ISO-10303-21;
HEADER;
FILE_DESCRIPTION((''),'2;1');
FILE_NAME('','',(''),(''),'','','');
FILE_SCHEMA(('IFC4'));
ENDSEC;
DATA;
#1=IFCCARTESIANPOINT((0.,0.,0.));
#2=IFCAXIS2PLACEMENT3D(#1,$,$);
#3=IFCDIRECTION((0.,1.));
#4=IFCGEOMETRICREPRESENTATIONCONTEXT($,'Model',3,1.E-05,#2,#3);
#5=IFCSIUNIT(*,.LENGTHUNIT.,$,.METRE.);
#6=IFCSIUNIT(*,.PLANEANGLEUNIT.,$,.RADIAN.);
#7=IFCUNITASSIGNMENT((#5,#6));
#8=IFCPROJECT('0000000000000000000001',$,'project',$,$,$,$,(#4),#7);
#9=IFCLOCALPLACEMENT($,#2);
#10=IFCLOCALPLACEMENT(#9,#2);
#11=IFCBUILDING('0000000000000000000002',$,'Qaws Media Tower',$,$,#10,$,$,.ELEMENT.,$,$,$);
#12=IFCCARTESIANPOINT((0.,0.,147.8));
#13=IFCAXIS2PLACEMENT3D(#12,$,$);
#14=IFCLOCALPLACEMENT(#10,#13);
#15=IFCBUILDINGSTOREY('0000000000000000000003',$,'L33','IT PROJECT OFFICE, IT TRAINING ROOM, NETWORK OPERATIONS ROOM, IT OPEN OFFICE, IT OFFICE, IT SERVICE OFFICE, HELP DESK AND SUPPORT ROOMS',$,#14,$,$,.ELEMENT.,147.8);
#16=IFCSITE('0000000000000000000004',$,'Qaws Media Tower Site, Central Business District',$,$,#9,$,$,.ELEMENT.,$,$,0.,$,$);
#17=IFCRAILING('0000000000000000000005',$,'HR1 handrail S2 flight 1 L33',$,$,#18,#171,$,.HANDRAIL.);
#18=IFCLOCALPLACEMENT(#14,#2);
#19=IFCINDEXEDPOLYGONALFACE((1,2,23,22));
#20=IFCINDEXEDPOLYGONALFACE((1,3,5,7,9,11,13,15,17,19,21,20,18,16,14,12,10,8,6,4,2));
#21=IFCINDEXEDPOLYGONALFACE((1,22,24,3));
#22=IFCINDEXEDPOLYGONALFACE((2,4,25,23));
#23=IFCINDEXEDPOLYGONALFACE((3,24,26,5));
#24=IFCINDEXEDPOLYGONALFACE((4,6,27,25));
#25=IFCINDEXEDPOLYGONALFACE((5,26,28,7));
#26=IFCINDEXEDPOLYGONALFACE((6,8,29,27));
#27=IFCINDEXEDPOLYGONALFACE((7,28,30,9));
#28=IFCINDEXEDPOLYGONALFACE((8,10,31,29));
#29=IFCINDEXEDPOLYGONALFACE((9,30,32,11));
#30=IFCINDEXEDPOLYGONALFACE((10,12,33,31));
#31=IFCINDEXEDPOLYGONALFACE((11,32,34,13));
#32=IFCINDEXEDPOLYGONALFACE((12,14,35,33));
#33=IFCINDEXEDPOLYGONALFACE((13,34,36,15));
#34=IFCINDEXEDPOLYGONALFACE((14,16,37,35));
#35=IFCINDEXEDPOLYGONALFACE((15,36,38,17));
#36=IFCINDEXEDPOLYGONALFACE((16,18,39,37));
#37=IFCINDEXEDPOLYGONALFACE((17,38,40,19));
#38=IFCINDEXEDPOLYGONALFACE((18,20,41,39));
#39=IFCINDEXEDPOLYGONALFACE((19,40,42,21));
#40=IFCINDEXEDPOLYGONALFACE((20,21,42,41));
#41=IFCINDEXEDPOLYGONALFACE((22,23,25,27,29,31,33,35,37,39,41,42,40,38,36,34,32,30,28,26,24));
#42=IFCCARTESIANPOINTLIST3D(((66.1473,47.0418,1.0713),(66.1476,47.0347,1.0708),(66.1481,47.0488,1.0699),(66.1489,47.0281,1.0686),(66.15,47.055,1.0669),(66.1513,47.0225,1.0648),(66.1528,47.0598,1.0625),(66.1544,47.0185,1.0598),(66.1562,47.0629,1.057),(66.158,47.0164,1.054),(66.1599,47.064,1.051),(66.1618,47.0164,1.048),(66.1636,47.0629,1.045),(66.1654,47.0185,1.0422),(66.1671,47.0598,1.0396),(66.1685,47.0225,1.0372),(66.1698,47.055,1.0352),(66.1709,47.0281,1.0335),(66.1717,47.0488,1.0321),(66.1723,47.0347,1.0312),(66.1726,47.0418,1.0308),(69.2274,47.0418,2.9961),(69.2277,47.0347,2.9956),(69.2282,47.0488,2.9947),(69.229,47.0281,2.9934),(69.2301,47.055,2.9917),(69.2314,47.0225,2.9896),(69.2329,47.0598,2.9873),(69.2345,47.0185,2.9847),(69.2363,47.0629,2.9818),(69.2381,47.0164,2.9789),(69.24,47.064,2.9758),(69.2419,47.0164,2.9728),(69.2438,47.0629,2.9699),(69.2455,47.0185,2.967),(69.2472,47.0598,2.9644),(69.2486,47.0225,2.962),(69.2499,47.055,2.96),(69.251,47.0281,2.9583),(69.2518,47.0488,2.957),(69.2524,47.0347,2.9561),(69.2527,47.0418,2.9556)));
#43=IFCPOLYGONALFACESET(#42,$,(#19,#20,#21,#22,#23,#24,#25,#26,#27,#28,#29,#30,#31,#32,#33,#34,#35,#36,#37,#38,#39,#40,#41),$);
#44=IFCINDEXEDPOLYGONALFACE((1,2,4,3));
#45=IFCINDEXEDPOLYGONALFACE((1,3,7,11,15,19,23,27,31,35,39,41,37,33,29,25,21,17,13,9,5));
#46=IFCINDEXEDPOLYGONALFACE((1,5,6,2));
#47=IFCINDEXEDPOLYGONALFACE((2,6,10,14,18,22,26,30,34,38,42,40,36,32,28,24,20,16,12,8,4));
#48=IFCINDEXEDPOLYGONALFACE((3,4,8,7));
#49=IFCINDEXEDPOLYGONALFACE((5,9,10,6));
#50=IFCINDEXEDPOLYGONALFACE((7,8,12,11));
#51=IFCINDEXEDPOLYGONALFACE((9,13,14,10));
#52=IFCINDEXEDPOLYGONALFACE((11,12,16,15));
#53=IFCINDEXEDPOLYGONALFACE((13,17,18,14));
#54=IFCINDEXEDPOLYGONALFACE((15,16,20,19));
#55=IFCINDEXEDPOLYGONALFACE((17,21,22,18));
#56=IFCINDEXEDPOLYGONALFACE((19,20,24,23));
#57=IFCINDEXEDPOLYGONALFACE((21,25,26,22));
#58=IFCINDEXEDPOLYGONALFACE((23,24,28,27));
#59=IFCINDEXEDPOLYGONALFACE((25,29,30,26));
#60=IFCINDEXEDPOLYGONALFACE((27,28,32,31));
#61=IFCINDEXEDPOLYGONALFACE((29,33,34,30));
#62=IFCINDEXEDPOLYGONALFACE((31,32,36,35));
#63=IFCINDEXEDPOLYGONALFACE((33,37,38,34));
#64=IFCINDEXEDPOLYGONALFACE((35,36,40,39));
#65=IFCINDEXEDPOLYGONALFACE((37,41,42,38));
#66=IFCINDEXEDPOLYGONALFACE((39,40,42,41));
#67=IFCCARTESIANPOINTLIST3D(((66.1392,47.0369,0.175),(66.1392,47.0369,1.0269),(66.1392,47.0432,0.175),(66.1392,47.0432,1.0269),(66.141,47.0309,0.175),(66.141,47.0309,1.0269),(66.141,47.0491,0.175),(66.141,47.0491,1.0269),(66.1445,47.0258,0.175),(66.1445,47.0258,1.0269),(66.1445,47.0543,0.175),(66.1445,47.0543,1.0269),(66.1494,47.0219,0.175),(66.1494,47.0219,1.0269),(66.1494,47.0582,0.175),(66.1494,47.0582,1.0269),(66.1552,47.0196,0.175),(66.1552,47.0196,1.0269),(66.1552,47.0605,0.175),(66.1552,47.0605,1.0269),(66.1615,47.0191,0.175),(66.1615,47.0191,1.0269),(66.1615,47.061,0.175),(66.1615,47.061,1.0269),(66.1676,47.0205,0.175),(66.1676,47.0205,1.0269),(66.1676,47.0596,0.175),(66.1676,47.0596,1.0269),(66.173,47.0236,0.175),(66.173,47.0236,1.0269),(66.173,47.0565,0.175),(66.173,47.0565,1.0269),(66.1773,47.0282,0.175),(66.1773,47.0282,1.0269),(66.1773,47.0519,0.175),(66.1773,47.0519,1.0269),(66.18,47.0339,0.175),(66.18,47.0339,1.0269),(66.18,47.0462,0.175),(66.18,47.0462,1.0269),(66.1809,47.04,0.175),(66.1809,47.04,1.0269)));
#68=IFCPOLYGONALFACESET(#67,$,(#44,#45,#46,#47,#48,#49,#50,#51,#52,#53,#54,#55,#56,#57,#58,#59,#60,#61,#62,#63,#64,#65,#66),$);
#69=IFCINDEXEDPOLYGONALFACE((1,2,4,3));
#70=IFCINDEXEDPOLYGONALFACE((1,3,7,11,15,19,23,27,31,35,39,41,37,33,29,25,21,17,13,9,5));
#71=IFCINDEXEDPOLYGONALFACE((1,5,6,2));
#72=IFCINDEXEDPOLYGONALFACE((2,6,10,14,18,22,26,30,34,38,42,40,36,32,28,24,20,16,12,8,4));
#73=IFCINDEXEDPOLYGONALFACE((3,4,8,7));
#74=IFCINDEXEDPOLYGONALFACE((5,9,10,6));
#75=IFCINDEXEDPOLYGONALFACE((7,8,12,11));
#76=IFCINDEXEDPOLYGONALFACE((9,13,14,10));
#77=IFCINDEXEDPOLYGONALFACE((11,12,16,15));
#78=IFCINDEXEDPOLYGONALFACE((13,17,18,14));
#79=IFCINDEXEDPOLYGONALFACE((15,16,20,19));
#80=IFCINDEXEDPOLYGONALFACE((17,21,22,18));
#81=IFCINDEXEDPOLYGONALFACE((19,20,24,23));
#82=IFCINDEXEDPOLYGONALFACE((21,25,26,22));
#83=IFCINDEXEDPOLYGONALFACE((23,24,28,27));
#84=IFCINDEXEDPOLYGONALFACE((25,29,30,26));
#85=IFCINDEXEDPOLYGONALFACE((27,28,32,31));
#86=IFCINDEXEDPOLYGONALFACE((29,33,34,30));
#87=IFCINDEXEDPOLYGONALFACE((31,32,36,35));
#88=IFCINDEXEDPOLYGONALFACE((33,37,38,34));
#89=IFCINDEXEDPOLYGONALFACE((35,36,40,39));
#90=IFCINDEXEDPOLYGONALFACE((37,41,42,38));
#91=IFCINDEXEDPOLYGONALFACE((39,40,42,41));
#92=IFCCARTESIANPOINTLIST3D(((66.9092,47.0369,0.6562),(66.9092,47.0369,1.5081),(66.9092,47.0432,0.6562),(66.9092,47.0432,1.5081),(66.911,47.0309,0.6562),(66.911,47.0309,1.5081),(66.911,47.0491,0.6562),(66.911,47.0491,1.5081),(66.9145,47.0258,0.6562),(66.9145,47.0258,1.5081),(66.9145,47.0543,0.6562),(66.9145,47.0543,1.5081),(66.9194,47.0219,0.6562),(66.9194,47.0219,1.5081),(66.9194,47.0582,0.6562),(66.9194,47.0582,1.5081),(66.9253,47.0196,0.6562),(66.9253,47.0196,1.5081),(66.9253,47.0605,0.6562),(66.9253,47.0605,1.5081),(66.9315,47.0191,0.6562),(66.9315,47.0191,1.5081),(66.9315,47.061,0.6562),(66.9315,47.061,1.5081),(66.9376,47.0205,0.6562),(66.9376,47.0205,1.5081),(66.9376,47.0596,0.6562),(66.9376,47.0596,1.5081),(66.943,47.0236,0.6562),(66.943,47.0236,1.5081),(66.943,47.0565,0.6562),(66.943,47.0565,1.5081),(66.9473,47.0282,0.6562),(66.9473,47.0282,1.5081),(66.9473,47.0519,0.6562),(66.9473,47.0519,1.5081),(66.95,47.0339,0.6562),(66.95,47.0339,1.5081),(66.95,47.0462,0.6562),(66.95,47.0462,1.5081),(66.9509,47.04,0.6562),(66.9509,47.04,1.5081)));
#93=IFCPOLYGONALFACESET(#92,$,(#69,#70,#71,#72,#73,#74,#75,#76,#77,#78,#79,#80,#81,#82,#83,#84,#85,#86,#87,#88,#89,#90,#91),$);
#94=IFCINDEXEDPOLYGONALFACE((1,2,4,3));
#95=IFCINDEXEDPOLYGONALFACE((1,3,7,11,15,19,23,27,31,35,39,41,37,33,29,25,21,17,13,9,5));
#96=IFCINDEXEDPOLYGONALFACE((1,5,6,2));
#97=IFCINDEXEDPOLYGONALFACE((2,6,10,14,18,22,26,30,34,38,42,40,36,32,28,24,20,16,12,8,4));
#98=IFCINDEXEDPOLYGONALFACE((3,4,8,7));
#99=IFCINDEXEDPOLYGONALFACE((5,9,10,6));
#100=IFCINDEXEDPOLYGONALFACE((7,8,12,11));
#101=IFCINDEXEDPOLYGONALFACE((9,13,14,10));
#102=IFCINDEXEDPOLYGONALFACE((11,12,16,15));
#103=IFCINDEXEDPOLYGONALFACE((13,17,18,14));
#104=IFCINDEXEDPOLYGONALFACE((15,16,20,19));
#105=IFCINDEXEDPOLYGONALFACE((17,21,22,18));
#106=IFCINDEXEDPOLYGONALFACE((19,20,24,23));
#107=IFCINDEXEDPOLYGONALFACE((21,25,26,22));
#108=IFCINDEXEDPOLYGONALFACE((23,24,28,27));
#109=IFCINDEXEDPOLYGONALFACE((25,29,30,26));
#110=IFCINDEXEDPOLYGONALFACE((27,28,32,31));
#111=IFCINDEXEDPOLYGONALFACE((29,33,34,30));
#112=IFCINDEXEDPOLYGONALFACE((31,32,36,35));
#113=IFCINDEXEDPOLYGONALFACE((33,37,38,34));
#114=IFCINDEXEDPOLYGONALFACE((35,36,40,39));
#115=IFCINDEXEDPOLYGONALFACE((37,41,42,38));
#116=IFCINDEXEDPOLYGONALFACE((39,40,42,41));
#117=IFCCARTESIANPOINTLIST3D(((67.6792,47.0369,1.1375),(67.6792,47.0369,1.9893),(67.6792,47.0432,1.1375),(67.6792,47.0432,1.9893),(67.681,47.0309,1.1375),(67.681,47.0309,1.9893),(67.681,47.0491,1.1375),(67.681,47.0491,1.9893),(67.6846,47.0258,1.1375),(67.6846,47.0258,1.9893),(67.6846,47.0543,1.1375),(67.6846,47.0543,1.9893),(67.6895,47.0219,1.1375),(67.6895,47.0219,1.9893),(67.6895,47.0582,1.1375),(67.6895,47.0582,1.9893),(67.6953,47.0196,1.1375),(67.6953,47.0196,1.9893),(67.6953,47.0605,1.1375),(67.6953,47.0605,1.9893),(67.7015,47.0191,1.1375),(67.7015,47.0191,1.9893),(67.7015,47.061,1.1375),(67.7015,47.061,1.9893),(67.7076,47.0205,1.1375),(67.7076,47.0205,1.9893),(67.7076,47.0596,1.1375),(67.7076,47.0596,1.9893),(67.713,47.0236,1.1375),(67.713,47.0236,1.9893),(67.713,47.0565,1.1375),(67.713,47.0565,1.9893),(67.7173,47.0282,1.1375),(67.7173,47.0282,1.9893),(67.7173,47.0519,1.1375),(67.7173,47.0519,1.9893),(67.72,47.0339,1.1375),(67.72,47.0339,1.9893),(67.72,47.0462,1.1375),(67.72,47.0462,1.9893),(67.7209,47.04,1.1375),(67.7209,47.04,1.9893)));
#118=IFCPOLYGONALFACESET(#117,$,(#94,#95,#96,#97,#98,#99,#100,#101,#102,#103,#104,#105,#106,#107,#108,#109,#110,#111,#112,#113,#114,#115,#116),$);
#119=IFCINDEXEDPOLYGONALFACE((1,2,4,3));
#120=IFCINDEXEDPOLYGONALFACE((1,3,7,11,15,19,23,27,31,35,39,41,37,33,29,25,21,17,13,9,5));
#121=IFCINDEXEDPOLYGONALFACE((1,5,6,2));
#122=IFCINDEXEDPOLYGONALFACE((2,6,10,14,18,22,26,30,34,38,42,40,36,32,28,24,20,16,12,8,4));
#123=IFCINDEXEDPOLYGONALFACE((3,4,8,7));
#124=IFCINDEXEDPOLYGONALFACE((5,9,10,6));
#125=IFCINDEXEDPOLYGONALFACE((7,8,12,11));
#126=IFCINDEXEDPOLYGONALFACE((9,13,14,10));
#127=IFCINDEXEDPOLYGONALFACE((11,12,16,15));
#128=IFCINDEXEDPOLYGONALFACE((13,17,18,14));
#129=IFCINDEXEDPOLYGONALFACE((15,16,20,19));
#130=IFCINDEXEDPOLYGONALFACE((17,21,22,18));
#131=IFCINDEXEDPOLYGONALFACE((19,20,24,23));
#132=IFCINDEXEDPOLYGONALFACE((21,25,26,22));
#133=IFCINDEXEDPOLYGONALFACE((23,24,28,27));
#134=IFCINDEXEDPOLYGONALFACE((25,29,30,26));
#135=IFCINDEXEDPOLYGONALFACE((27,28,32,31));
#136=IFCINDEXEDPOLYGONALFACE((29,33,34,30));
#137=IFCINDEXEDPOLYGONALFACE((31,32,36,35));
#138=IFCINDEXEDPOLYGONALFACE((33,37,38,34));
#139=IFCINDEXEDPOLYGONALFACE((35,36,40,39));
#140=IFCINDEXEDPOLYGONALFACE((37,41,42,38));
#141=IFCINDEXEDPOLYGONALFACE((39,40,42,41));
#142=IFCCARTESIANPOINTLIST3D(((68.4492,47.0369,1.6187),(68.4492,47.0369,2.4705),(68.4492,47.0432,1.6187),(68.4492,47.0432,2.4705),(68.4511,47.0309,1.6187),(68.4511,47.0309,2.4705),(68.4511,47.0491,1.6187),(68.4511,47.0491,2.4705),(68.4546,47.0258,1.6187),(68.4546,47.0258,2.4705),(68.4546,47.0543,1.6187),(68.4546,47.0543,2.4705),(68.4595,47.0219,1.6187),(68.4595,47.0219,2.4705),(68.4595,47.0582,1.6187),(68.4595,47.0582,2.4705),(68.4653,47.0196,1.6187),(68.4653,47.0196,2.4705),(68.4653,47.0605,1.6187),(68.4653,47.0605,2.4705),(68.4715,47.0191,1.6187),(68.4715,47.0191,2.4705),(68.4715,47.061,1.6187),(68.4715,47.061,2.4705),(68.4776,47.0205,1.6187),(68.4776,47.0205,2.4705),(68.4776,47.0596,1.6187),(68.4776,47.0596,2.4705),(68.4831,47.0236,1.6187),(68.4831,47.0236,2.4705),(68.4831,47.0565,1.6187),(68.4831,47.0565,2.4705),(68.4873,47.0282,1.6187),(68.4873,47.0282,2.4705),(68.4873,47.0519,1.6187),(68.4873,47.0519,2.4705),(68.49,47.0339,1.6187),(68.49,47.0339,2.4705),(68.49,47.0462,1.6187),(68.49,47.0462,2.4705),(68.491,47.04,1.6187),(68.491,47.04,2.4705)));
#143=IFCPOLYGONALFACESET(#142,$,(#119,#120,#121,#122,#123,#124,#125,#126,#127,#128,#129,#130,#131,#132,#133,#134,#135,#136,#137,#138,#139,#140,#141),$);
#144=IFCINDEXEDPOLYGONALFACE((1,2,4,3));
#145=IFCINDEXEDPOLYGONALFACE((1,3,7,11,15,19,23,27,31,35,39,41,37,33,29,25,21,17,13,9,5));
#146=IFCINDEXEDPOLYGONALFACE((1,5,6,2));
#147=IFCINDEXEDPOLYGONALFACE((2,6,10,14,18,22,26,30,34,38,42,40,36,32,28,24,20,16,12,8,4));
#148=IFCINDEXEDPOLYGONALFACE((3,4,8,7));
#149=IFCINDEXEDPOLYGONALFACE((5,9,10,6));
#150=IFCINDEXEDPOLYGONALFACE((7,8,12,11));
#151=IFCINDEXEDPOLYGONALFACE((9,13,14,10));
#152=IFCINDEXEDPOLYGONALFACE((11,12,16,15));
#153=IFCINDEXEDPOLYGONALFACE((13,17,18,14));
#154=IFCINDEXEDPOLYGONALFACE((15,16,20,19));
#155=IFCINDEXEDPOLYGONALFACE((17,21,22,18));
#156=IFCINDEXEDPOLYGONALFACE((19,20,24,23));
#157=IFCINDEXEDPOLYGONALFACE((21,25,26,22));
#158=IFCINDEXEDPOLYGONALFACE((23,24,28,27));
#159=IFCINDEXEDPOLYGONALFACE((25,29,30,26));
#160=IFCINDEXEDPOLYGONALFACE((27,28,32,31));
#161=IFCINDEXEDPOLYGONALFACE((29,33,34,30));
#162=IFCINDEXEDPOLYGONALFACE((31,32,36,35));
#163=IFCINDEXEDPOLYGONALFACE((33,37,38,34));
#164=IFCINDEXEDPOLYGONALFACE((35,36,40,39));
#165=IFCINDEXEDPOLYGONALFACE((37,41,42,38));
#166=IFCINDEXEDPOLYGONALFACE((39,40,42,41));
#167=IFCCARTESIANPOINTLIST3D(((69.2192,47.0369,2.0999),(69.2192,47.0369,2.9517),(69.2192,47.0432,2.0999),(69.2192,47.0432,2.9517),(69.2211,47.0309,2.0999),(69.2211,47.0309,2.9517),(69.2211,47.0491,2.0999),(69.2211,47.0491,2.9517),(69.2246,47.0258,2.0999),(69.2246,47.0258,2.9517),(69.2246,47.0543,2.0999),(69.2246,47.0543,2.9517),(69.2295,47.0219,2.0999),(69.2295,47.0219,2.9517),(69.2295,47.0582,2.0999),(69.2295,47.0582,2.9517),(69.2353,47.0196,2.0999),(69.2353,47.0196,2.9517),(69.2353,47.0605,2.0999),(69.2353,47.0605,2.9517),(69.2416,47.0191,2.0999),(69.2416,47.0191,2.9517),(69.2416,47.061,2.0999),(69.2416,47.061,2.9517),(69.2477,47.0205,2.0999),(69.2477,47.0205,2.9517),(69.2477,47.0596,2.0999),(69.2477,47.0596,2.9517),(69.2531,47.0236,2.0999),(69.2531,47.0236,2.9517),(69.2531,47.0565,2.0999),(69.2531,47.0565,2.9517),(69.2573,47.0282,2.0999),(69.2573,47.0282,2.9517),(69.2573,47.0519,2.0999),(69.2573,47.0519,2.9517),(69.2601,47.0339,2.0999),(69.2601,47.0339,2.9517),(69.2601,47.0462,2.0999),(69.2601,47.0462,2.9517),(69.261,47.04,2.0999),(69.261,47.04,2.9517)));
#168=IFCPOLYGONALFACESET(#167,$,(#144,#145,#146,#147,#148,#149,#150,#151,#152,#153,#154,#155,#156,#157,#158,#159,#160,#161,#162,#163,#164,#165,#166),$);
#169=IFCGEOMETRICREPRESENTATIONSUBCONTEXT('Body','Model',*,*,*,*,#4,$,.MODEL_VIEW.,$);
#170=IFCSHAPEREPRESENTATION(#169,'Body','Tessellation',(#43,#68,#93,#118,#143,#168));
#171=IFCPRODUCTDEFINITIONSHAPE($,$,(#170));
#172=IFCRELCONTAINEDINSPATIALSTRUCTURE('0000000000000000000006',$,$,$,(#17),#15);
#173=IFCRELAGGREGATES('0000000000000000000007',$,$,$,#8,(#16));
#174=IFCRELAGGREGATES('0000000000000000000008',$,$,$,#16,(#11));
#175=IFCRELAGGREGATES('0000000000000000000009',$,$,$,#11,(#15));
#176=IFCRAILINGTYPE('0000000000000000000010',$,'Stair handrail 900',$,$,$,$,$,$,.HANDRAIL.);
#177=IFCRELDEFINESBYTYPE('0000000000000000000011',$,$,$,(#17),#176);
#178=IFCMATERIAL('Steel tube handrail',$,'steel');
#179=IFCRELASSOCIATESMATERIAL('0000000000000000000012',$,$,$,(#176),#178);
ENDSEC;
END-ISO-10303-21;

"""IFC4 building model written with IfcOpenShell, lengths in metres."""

from ifc_helpers import new_model, si_unit, direction, frame, origin, origin_2d, place, context, subcontext, project, spatial, circle, extrude, material, type_object, element, save


model = new_model("IFC4")

# Units and contexts
model_context = context("Model", 3, precision=1e-05, world=origin(), true_north=direction((0.0, 1.0)))
body_context = subcontext(model_context, "Body", "Model", "MODEL_VIEW")
ifc_project = project(units=[si_unit("LENGTHUNIT", "METRE"), si_unit("PLANEANGLEUNIT", "RADIAN")], contexts=[model_context])

# Site, building, storey
site_placement = place(None, origin())
site = spatial("IfcSite", under=ifc_project, at=site_placement, Name="Qaws Media Tower Site, Central Business District", CompositionType="ELEMENT", RefElevation=0.0)
building_placement = place(site_placement, origin())
building = spatial("IfcBuilding", under=site, at=building_placement, Name="Qaws Media Tower", CompositionType="ELEMENT")
storey_placement = place(building_placement, frame((0.0, 0.0, 147.8)))
storey = spatial("IfcBuildingStorey", under=building, at=storey_placement, Name="L33", Description="IT PROJECT OFFICE, IT TRAINING ROOM, NETWORK OPERATIONS ROOM, IT OPEN OFFICE, IT OFFICE, IT SERVICE OFFICE, HELP DESK AND SUPPORT ROOMS", CompositionType="ELEMENT", Elevation=147.8)

# Railing
ifc_material_1 = material(Name="Steel tube handrail", Category="steel")
railing_type = type_object("IfcRailingType", Name="Stair handrail 900", PredefinedType="HANDRAIL", material=ifc_material_1)
for number, where, name in (
    (1, (66.1599, 47.04, 0.175), "HR1 handrail S2 flight 1 L33"),
):
    element("IfcRailing", number, at=place(storey_placement, frame(where)), inside=storey, type_object=railing_type, Name=name, PredefinedType="HANDRAIL", context=body_context, shape_type="SweptSolid", body=[
        extrude(circle(Radius=0.0239, at=origin_2d()), frame((0.0, 0.0, 0.876), z_axis=(0.848029, 0.0, 0.529951), x_axis=(0.0, 1.0, 0.0)), (0.0, 0.0, 1.0), 3.6321),
        extrude(circle(Radius=0.021, at=origin_2d()), origin(), (0.0, 0.0, 1.0), 0.8518),
        extrude(circle(Radius=0.021, at=origin_2d()), frame((0.77, 0.0, 0.4812)), (0.0, 0.0, 1.0), 0.8518),
        extrude(circle(Radius=0.021, at=origin_2d()), frame((1.54, 0.0, 0.9624)), (0.0, 0.0, 1.0), 0.8518),
        extrude(circle(Radius=0.021, at=origin_2d()), frame((2.3101, 0.0, 1.4436)), (0.0, 0.0, 1.0), 0.8518),
        extrude(circle(Radius=0.021, at=origin_2d()), frame((3.0801, 0.0, 1.9248)), (0.0, 0.0, 1.0), 0.8518),
    ])

save(model, "model.ifc")
